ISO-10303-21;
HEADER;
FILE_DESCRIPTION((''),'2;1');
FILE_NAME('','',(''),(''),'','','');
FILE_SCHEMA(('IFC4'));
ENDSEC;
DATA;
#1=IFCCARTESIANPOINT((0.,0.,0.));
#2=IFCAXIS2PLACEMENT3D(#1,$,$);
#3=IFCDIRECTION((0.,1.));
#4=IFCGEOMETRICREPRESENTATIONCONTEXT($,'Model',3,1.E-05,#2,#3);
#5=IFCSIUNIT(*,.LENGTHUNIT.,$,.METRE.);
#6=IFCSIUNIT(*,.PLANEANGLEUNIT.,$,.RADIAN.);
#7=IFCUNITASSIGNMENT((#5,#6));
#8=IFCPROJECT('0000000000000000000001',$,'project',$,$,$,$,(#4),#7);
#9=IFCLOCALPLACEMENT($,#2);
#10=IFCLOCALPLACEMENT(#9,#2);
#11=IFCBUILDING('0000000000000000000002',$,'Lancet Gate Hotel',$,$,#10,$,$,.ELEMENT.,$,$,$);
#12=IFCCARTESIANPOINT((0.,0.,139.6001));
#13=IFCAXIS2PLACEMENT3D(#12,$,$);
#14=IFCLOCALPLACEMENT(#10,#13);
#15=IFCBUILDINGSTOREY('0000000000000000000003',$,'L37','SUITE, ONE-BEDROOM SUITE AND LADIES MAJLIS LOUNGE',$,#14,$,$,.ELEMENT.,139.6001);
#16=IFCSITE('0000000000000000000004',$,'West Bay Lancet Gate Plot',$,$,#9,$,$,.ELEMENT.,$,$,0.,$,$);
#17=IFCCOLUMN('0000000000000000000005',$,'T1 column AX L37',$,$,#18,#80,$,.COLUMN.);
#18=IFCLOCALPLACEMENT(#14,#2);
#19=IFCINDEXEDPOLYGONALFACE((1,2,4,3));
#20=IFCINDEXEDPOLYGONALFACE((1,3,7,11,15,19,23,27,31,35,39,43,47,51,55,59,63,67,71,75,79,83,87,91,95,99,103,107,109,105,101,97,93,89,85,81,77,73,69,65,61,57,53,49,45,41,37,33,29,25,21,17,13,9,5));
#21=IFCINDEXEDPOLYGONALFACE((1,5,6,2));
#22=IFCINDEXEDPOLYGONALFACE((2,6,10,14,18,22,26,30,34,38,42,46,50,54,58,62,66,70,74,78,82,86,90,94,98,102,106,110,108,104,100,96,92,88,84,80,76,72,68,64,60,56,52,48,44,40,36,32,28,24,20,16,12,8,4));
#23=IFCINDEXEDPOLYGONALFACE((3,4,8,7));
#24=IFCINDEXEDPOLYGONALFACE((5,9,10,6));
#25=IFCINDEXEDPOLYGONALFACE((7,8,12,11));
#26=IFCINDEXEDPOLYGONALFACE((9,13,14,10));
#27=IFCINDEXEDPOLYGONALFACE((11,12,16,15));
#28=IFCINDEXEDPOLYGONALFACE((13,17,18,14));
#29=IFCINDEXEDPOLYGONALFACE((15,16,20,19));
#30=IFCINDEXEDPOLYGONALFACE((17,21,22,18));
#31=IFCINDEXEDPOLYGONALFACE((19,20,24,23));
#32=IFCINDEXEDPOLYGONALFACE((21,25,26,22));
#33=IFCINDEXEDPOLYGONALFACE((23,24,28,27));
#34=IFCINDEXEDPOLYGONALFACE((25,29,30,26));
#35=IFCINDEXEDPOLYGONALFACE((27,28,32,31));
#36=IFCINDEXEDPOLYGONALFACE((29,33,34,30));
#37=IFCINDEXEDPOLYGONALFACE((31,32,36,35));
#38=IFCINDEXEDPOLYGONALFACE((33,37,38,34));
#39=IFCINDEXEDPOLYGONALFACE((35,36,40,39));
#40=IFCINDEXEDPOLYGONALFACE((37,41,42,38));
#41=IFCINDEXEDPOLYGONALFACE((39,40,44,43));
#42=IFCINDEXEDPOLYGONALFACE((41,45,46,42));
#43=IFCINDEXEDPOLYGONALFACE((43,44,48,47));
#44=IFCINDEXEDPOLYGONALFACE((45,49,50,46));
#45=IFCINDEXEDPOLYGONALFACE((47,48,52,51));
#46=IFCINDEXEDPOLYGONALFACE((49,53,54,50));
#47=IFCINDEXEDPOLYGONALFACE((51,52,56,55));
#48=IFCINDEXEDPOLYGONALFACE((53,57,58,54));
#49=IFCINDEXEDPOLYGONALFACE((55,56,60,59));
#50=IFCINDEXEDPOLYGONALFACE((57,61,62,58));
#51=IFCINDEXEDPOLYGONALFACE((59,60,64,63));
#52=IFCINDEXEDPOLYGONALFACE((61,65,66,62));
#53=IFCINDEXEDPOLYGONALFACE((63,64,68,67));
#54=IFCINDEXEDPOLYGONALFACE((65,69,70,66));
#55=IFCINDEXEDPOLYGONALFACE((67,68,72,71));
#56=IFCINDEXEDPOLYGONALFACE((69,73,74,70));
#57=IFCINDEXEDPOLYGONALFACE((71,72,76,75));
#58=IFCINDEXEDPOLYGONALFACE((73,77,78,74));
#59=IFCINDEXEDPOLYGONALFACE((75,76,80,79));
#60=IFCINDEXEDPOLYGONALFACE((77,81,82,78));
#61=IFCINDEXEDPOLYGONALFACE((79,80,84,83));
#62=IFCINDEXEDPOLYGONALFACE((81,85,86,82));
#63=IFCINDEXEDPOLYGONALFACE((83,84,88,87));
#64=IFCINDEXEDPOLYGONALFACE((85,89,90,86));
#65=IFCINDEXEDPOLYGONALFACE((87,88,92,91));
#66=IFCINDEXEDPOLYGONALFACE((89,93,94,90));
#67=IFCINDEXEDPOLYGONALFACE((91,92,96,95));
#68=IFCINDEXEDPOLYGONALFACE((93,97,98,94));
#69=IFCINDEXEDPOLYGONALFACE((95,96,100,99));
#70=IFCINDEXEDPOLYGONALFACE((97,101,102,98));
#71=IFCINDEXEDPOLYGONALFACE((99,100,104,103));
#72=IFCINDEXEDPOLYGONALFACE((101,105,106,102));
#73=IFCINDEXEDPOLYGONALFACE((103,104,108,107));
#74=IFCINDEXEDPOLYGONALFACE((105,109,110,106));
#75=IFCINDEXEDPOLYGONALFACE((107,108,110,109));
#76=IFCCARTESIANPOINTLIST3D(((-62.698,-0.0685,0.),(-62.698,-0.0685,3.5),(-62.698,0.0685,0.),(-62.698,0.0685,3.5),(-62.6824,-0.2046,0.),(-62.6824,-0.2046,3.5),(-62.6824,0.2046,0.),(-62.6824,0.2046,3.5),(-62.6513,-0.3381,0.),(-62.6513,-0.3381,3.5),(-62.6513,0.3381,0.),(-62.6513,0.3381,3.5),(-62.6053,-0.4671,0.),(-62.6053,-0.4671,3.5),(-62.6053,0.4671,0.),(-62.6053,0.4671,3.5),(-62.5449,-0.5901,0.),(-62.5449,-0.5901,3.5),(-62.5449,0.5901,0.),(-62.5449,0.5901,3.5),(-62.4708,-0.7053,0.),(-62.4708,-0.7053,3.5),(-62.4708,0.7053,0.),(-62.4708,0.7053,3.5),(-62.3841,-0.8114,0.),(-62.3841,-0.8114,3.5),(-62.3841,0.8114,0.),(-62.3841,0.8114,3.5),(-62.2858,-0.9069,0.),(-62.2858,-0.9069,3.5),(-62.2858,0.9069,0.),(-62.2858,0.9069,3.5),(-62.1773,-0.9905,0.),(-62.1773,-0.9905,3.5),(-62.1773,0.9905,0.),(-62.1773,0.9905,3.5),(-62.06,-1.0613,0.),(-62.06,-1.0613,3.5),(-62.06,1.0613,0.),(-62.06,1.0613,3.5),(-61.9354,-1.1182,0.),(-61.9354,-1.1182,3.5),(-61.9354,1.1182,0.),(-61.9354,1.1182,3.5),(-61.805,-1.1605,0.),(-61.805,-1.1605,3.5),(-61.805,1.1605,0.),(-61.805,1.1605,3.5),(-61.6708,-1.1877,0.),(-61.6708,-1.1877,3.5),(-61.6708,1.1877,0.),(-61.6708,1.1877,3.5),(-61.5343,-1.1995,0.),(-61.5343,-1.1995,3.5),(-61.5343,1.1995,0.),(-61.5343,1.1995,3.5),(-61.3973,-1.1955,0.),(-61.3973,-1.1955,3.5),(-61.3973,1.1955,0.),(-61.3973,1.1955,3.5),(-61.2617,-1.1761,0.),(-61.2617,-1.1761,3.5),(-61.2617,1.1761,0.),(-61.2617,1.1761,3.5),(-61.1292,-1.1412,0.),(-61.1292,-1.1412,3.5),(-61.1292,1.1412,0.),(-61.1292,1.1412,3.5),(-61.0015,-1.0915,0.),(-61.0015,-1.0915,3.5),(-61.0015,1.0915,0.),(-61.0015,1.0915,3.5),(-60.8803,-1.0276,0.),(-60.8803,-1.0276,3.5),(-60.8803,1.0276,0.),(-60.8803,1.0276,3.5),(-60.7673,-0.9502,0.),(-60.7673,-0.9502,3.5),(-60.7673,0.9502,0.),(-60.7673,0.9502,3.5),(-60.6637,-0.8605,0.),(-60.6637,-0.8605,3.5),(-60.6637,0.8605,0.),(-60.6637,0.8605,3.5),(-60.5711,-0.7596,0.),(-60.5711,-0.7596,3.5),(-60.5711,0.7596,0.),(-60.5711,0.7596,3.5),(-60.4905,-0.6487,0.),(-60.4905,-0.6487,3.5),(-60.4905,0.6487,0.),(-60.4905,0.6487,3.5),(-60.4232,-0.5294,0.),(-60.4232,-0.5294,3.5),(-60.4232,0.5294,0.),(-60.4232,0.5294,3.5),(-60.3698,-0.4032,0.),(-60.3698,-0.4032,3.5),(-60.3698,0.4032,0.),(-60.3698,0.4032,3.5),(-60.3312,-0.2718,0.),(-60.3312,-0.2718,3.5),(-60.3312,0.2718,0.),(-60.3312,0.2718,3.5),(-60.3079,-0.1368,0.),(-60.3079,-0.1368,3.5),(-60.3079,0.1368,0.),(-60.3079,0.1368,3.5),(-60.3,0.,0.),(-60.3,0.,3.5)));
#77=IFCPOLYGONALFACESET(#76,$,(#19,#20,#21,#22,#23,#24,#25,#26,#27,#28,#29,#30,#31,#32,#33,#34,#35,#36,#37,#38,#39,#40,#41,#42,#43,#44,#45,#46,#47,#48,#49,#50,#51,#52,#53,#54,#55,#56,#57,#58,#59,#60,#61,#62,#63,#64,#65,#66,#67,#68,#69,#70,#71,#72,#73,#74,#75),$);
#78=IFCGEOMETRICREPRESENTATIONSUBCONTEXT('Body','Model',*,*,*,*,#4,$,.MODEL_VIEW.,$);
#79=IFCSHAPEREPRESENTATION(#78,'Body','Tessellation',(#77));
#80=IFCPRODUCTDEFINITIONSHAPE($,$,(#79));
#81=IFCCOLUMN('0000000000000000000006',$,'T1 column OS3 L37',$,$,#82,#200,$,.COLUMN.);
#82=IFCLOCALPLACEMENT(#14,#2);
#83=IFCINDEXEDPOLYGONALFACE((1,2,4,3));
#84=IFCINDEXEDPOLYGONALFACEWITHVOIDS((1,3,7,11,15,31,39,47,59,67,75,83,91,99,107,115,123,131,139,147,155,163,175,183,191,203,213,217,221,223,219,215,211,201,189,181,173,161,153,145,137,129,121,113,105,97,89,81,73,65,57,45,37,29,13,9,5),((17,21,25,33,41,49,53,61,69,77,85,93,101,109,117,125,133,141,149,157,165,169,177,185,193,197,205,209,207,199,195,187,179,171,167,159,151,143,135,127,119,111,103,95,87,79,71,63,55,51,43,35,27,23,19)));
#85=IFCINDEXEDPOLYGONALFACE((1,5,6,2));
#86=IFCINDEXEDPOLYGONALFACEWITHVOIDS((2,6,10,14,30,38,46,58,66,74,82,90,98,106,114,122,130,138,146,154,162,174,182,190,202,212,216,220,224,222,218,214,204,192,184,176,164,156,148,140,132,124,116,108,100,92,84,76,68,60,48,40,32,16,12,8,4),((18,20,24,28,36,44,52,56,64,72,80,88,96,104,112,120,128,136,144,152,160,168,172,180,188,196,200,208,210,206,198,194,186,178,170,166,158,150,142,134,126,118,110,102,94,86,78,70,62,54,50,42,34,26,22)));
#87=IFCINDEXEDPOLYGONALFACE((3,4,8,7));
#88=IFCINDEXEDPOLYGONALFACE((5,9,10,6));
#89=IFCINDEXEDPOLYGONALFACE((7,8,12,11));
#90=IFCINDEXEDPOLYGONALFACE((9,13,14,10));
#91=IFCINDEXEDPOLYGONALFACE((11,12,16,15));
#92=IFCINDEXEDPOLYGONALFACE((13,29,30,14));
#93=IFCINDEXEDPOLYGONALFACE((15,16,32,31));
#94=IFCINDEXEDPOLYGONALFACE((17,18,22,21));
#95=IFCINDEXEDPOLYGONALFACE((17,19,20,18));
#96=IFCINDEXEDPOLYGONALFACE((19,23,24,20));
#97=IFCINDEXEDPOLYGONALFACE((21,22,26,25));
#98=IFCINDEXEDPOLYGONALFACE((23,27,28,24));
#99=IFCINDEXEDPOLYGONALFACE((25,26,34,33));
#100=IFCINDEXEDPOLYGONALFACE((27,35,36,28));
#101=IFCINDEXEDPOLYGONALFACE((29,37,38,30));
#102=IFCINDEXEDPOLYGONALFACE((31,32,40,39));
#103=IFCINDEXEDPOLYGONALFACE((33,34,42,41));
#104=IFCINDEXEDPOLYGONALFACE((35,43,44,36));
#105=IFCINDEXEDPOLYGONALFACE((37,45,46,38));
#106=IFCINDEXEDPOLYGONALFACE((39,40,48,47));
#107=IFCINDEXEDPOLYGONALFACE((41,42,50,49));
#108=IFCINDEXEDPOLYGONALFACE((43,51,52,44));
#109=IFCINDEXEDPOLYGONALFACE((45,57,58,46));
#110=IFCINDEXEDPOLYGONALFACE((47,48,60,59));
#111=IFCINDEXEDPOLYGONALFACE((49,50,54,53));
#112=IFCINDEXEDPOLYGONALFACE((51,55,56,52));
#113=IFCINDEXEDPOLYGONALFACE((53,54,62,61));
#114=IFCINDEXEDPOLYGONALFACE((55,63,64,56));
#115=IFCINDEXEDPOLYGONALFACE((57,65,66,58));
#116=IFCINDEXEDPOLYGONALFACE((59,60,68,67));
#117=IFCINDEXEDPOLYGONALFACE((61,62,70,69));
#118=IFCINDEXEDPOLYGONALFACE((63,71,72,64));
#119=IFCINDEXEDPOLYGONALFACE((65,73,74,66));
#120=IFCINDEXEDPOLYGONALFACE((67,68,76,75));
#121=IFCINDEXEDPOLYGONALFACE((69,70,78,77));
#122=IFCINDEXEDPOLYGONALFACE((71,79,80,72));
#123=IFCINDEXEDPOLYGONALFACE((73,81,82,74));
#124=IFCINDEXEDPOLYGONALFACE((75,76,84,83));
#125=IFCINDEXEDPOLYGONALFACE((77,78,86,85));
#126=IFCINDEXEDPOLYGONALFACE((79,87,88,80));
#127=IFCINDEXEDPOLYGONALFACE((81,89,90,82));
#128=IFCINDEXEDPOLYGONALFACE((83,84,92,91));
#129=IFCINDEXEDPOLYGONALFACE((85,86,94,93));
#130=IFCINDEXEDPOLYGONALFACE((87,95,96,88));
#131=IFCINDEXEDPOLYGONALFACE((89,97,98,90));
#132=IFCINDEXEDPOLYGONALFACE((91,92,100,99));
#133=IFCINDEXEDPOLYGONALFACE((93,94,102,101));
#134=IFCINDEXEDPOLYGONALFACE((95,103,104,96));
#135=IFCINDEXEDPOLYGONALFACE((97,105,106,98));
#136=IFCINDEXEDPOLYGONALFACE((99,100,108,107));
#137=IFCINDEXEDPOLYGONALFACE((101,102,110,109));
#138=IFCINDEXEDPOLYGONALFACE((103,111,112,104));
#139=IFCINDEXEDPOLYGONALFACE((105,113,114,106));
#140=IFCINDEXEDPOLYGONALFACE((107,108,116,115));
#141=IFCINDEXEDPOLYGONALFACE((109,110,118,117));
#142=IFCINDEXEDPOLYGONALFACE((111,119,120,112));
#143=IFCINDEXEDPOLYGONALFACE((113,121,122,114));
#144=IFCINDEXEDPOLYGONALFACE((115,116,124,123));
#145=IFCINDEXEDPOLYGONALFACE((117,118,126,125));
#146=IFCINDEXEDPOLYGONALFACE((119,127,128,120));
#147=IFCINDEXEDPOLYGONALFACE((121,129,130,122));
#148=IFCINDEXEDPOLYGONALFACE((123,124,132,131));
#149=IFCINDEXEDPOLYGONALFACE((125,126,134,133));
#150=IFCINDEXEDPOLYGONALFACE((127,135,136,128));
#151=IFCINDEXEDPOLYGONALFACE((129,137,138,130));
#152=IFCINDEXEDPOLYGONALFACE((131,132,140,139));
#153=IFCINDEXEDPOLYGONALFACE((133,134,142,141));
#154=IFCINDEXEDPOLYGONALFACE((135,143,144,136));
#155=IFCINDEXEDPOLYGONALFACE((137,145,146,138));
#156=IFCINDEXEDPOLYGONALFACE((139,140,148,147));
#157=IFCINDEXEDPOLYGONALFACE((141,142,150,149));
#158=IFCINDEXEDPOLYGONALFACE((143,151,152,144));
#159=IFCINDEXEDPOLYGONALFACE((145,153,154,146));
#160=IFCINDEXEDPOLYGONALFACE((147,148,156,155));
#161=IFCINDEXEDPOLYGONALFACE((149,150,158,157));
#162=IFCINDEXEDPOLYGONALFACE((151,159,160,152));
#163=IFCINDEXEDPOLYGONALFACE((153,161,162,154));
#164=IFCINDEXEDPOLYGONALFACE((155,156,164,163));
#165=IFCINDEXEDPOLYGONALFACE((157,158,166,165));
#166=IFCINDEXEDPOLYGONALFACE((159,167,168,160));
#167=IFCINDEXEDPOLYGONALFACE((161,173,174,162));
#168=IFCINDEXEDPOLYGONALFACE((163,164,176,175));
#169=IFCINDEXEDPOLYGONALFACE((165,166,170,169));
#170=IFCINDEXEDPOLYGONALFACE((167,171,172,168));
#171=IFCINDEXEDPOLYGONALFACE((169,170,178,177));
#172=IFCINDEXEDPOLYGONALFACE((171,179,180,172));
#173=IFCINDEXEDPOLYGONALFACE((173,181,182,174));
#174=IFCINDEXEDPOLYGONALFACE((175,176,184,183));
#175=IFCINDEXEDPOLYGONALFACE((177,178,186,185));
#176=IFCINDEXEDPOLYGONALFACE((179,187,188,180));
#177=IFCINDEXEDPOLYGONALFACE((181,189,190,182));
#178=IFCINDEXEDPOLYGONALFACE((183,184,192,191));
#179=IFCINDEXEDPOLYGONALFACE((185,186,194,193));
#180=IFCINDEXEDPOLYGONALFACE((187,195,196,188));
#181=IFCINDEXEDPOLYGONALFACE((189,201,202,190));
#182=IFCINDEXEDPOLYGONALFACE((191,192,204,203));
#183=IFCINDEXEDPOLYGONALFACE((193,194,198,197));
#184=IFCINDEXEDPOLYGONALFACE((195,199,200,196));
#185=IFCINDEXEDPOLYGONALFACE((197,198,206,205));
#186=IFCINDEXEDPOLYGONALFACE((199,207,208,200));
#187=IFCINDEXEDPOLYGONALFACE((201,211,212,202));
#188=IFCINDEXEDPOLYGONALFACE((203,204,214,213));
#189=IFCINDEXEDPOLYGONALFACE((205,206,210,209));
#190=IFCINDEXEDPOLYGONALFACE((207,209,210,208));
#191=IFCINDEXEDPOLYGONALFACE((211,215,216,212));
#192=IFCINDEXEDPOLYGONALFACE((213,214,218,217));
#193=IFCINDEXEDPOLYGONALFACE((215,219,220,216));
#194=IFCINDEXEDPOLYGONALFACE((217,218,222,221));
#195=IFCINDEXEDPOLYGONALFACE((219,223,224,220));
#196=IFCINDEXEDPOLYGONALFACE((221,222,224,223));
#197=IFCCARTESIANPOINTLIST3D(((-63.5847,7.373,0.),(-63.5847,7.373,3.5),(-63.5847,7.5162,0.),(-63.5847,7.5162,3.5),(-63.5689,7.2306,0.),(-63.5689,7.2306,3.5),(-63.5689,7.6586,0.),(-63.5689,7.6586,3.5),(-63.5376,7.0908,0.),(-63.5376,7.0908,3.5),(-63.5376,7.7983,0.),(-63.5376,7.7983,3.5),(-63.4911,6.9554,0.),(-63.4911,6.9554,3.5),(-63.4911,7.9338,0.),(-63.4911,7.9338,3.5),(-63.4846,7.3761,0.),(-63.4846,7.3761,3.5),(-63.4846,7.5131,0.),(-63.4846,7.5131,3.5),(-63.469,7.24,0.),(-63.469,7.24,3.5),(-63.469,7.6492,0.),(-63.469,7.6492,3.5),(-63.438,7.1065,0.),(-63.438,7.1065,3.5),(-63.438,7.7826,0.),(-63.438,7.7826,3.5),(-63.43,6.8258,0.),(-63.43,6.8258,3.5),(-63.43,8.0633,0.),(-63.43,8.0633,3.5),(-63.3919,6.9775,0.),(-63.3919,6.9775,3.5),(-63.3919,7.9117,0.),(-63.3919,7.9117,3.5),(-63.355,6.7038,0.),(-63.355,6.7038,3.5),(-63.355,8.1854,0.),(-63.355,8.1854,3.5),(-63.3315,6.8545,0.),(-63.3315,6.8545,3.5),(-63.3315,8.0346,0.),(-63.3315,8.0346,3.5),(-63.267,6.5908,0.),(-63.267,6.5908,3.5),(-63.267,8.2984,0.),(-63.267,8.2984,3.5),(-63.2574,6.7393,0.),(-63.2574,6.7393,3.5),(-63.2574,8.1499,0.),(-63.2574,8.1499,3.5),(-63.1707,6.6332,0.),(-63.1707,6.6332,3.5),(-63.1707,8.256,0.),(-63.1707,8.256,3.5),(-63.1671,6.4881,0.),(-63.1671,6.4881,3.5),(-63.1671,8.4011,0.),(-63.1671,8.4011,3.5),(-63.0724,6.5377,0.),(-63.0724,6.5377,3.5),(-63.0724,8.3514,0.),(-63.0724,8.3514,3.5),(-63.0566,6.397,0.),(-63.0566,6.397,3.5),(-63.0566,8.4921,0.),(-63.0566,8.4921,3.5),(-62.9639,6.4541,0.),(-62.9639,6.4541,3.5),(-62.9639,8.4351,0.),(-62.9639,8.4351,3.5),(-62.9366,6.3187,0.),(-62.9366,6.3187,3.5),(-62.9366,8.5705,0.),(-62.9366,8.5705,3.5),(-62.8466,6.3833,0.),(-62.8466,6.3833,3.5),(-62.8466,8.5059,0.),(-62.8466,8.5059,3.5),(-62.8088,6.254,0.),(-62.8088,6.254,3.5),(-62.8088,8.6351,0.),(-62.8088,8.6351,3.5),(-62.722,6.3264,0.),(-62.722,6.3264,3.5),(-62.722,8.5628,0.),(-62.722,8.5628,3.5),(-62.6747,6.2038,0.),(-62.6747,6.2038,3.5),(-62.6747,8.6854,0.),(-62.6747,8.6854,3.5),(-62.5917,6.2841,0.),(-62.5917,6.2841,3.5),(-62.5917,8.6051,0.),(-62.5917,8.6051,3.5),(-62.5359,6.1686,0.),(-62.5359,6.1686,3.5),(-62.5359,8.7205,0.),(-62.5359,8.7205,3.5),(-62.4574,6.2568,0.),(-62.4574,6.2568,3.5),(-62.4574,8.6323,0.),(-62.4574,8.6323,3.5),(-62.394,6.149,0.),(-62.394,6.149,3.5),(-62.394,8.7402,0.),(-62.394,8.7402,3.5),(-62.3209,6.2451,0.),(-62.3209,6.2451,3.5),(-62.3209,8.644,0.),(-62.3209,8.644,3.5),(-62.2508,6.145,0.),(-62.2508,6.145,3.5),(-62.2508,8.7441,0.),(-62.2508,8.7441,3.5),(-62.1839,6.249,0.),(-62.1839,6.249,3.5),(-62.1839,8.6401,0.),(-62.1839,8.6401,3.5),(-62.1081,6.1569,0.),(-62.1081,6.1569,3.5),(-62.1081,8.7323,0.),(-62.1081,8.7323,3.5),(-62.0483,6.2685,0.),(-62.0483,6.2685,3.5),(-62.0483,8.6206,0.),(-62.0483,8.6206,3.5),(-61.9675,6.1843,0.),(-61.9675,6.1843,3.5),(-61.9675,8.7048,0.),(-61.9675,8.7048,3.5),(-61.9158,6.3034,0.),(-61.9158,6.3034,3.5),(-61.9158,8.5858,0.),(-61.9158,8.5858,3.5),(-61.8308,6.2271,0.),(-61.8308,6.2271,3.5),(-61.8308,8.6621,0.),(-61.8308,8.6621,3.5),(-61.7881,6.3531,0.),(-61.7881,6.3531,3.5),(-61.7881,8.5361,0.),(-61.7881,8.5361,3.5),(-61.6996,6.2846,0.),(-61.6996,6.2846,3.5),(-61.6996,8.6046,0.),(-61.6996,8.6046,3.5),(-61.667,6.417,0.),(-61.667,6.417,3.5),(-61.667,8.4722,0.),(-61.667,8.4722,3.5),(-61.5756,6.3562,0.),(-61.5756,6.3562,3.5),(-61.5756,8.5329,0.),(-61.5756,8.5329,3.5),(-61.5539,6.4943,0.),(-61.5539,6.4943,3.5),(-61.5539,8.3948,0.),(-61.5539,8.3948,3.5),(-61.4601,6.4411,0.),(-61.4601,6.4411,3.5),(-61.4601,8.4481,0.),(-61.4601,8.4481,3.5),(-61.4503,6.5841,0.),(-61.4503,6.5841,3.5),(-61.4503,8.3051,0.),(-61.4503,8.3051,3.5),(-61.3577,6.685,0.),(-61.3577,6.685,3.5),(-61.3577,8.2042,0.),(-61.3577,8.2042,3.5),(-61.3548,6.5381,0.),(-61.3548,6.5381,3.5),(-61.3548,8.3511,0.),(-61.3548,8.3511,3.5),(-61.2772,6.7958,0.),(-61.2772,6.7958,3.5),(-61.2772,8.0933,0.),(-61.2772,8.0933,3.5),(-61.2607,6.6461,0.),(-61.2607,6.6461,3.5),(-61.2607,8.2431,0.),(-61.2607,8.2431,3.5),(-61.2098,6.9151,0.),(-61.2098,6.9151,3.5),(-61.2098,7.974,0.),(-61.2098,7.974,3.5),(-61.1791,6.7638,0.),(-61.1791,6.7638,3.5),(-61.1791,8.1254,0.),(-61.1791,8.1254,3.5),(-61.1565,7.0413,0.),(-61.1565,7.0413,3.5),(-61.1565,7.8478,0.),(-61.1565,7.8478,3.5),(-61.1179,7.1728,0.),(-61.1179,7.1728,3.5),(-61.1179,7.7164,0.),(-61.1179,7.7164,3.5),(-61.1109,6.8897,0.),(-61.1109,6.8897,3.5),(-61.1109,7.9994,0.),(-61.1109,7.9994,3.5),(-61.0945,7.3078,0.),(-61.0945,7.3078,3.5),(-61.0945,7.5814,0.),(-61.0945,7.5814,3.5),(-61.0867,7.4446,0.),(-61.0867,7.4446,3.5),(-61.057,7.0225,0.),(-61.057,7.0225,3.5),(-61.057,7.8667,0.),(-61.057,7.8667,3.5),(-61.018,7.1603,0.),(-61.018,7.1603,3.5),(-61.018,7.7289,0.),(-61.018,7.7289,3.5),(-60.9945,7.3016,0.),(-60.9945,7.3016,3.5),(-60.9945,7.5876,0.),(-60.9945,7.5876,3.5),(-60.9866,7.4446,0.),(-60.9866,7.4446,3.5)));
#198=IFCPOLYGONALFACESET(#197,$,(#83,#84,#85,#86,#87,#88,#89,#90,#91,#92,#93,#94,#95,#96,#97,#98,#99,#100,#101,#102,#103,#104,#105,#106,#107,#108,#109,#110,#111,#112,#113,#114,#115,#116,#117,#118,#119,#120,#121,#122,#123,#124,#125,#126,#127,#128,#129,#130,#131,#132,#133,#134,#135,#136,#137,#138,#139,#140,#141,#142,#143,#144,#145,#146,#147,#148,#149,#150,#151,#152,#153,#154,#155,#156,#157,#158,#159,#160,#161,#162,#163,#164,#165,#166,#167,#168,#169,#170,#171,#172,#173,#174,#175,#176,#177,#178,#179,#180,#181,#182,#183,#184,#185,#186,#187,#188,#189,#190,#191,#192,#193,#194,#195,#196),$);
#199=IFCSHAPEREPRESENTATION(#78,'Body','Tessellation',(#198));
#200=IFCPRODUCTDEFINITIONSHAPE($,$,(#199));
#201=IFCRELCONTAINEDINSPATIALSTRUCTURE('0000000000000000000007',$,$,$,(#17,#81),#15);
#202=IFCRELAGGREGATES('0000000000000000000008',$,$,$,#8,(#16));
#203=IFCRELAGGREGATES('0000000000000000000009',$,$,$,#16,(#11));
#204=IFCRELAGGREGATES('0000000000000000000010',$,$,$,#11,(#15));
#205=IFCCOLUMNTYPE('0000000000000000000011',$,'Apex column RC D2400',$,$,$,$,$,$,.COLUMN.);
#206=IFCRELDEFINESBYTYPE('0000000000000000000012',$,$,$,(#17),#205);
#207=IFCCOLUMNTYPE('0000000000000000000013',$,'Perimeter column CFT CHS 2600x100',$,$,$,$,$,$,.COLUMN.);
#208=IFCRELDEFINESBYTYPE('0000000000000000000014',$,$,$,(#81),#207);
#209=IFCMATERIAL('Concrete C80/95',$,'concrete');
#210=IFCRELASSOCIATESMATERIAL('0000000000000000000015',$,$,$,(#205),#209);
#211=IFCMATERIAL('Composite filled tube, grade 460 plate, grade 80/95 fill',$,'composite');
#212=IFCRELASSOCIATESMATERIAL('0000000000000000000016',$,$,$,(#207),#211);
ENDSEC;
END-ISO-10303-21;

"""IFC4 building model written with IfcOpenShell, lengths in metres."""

from ifc_helpers import new_model, si_unit, direction, frame, origin, origin_2d, place, context, subcontext, project, spatial, circle, hollow_circle, extrude, material, material_profile, profile_set, type_object, element, save


model = new_model("IFC4")

# Units and contexts
model_context = context("Model", 3, precision=1e-05, world=origin(), true_north=direction((0.0, 1.0)))
body_context = subcontext(model_context, "Body", "Model", "MODEL_VIEW")
ifc_project = project(units=[si_unit("LENGTHUNIT", "METRE"), si_unit("PLANEANGLEUNIT", "RADIAN")], contexts=[model_context])

# Site, building, storey
site_placement = place(None, origin())
site = spatial("IfcSite", under=ifc_project, at=site_placement, Name="West Bay Lancet Gate Plot", CompositionType="ELEMENT", RefElevation=0.0)
building_placement = place(site_placement, origin())
building = spatial("IfcBuilding", under=site, at=building_placement, Name="Lancet Gate Hotel", CompositionType="ELEMENT")
storey_placement = place(building_placement, frame((0.0, 0.0, 139.6001)))
storey = spatial("IfcBuildingStorey", under=building, at=storey_placement, Name="L37", Description="SUITE, ONE-BEDROOM SUITE AND LADIES MAJLIS LOUNGE", CompositionType="ELEMENT", Elevation=139.6001)

# Columns
ifc_material_1 = material(Name="Concrete C80/95", Category="concrete")
ifc_material_profile_1 = material_profile(ifc_material_1, circle(Radius=1.2, at=origin_2d()), Name="RC D2400")
ifc_profile_set_1 = profile_set([ifc_material_profile_1], Name="Concrete C80/95")
column_type_1 = type_object("IfcColumnType", Name="Apex column RC D2400", PredefinedType="COLUMN", material=ifc_profile_set_1)
column_1_placement = place(storey_placement, frame((-61.5, 0.0, 0.0), z_axis=(0.0, 0.0, 1.0), x_axis=(1.0, 0.0, 0.0)))
element("IfcColumn", 1, at=column_1_placement, inside=storey, type_object=column_type_1, Name="T1 column AX L37", PredefinedType="COLUMN", context=body_context, shape_type="SweptSolid", body=[
    extrude(circle(Radius=1.2, at=origin_2d()), origin(), (0.0, 0.0, 1.0), 3.5),
])
ifc_material_2 = material(Name="Composite filled tube, grade 460 plate, grade 80/95 fill", Category="composite")
ifc_material_profile_2 = material_profile(ifc_material_2, hollow_circle(Radius=1.3, WallThickness=0.1001, at=origin_2d()), Name="CHS 2600x100")
ifc_profile_set_2 = profile_set([ifc_material_profile_2], Name="Composite filled tube, grade 460 plate, grade 80/95 fill")
column_type_2 = type_object("IfcColumnType", Name="Perimeter column CFT CHS 2600x100", PredefinedType="COLUMN", material=ifc_profile_set_2)
column_2_placement = place(storey_placement, frame((-62.2866, 7.4446, 0.0), z_axis=(0.0, 0.0, 1.0), x_axis=(1.0, 0.0, 0.0)))
element("IfcColumn", 2, at=column_2_placement, inside=storey, type_object=column_type_2, Name="T1 column OS3 L37", PredefinedType="COLUMN", context=body_context, shape_type="SweptSolid", body=[
    extrude(hollow_circle(Radius=1.3, WallThickness=0.1001, at=origin_2d()), origin(), (0.0, 0.0, 1.0), 3.5),
])

save(model, "model.ifc")
